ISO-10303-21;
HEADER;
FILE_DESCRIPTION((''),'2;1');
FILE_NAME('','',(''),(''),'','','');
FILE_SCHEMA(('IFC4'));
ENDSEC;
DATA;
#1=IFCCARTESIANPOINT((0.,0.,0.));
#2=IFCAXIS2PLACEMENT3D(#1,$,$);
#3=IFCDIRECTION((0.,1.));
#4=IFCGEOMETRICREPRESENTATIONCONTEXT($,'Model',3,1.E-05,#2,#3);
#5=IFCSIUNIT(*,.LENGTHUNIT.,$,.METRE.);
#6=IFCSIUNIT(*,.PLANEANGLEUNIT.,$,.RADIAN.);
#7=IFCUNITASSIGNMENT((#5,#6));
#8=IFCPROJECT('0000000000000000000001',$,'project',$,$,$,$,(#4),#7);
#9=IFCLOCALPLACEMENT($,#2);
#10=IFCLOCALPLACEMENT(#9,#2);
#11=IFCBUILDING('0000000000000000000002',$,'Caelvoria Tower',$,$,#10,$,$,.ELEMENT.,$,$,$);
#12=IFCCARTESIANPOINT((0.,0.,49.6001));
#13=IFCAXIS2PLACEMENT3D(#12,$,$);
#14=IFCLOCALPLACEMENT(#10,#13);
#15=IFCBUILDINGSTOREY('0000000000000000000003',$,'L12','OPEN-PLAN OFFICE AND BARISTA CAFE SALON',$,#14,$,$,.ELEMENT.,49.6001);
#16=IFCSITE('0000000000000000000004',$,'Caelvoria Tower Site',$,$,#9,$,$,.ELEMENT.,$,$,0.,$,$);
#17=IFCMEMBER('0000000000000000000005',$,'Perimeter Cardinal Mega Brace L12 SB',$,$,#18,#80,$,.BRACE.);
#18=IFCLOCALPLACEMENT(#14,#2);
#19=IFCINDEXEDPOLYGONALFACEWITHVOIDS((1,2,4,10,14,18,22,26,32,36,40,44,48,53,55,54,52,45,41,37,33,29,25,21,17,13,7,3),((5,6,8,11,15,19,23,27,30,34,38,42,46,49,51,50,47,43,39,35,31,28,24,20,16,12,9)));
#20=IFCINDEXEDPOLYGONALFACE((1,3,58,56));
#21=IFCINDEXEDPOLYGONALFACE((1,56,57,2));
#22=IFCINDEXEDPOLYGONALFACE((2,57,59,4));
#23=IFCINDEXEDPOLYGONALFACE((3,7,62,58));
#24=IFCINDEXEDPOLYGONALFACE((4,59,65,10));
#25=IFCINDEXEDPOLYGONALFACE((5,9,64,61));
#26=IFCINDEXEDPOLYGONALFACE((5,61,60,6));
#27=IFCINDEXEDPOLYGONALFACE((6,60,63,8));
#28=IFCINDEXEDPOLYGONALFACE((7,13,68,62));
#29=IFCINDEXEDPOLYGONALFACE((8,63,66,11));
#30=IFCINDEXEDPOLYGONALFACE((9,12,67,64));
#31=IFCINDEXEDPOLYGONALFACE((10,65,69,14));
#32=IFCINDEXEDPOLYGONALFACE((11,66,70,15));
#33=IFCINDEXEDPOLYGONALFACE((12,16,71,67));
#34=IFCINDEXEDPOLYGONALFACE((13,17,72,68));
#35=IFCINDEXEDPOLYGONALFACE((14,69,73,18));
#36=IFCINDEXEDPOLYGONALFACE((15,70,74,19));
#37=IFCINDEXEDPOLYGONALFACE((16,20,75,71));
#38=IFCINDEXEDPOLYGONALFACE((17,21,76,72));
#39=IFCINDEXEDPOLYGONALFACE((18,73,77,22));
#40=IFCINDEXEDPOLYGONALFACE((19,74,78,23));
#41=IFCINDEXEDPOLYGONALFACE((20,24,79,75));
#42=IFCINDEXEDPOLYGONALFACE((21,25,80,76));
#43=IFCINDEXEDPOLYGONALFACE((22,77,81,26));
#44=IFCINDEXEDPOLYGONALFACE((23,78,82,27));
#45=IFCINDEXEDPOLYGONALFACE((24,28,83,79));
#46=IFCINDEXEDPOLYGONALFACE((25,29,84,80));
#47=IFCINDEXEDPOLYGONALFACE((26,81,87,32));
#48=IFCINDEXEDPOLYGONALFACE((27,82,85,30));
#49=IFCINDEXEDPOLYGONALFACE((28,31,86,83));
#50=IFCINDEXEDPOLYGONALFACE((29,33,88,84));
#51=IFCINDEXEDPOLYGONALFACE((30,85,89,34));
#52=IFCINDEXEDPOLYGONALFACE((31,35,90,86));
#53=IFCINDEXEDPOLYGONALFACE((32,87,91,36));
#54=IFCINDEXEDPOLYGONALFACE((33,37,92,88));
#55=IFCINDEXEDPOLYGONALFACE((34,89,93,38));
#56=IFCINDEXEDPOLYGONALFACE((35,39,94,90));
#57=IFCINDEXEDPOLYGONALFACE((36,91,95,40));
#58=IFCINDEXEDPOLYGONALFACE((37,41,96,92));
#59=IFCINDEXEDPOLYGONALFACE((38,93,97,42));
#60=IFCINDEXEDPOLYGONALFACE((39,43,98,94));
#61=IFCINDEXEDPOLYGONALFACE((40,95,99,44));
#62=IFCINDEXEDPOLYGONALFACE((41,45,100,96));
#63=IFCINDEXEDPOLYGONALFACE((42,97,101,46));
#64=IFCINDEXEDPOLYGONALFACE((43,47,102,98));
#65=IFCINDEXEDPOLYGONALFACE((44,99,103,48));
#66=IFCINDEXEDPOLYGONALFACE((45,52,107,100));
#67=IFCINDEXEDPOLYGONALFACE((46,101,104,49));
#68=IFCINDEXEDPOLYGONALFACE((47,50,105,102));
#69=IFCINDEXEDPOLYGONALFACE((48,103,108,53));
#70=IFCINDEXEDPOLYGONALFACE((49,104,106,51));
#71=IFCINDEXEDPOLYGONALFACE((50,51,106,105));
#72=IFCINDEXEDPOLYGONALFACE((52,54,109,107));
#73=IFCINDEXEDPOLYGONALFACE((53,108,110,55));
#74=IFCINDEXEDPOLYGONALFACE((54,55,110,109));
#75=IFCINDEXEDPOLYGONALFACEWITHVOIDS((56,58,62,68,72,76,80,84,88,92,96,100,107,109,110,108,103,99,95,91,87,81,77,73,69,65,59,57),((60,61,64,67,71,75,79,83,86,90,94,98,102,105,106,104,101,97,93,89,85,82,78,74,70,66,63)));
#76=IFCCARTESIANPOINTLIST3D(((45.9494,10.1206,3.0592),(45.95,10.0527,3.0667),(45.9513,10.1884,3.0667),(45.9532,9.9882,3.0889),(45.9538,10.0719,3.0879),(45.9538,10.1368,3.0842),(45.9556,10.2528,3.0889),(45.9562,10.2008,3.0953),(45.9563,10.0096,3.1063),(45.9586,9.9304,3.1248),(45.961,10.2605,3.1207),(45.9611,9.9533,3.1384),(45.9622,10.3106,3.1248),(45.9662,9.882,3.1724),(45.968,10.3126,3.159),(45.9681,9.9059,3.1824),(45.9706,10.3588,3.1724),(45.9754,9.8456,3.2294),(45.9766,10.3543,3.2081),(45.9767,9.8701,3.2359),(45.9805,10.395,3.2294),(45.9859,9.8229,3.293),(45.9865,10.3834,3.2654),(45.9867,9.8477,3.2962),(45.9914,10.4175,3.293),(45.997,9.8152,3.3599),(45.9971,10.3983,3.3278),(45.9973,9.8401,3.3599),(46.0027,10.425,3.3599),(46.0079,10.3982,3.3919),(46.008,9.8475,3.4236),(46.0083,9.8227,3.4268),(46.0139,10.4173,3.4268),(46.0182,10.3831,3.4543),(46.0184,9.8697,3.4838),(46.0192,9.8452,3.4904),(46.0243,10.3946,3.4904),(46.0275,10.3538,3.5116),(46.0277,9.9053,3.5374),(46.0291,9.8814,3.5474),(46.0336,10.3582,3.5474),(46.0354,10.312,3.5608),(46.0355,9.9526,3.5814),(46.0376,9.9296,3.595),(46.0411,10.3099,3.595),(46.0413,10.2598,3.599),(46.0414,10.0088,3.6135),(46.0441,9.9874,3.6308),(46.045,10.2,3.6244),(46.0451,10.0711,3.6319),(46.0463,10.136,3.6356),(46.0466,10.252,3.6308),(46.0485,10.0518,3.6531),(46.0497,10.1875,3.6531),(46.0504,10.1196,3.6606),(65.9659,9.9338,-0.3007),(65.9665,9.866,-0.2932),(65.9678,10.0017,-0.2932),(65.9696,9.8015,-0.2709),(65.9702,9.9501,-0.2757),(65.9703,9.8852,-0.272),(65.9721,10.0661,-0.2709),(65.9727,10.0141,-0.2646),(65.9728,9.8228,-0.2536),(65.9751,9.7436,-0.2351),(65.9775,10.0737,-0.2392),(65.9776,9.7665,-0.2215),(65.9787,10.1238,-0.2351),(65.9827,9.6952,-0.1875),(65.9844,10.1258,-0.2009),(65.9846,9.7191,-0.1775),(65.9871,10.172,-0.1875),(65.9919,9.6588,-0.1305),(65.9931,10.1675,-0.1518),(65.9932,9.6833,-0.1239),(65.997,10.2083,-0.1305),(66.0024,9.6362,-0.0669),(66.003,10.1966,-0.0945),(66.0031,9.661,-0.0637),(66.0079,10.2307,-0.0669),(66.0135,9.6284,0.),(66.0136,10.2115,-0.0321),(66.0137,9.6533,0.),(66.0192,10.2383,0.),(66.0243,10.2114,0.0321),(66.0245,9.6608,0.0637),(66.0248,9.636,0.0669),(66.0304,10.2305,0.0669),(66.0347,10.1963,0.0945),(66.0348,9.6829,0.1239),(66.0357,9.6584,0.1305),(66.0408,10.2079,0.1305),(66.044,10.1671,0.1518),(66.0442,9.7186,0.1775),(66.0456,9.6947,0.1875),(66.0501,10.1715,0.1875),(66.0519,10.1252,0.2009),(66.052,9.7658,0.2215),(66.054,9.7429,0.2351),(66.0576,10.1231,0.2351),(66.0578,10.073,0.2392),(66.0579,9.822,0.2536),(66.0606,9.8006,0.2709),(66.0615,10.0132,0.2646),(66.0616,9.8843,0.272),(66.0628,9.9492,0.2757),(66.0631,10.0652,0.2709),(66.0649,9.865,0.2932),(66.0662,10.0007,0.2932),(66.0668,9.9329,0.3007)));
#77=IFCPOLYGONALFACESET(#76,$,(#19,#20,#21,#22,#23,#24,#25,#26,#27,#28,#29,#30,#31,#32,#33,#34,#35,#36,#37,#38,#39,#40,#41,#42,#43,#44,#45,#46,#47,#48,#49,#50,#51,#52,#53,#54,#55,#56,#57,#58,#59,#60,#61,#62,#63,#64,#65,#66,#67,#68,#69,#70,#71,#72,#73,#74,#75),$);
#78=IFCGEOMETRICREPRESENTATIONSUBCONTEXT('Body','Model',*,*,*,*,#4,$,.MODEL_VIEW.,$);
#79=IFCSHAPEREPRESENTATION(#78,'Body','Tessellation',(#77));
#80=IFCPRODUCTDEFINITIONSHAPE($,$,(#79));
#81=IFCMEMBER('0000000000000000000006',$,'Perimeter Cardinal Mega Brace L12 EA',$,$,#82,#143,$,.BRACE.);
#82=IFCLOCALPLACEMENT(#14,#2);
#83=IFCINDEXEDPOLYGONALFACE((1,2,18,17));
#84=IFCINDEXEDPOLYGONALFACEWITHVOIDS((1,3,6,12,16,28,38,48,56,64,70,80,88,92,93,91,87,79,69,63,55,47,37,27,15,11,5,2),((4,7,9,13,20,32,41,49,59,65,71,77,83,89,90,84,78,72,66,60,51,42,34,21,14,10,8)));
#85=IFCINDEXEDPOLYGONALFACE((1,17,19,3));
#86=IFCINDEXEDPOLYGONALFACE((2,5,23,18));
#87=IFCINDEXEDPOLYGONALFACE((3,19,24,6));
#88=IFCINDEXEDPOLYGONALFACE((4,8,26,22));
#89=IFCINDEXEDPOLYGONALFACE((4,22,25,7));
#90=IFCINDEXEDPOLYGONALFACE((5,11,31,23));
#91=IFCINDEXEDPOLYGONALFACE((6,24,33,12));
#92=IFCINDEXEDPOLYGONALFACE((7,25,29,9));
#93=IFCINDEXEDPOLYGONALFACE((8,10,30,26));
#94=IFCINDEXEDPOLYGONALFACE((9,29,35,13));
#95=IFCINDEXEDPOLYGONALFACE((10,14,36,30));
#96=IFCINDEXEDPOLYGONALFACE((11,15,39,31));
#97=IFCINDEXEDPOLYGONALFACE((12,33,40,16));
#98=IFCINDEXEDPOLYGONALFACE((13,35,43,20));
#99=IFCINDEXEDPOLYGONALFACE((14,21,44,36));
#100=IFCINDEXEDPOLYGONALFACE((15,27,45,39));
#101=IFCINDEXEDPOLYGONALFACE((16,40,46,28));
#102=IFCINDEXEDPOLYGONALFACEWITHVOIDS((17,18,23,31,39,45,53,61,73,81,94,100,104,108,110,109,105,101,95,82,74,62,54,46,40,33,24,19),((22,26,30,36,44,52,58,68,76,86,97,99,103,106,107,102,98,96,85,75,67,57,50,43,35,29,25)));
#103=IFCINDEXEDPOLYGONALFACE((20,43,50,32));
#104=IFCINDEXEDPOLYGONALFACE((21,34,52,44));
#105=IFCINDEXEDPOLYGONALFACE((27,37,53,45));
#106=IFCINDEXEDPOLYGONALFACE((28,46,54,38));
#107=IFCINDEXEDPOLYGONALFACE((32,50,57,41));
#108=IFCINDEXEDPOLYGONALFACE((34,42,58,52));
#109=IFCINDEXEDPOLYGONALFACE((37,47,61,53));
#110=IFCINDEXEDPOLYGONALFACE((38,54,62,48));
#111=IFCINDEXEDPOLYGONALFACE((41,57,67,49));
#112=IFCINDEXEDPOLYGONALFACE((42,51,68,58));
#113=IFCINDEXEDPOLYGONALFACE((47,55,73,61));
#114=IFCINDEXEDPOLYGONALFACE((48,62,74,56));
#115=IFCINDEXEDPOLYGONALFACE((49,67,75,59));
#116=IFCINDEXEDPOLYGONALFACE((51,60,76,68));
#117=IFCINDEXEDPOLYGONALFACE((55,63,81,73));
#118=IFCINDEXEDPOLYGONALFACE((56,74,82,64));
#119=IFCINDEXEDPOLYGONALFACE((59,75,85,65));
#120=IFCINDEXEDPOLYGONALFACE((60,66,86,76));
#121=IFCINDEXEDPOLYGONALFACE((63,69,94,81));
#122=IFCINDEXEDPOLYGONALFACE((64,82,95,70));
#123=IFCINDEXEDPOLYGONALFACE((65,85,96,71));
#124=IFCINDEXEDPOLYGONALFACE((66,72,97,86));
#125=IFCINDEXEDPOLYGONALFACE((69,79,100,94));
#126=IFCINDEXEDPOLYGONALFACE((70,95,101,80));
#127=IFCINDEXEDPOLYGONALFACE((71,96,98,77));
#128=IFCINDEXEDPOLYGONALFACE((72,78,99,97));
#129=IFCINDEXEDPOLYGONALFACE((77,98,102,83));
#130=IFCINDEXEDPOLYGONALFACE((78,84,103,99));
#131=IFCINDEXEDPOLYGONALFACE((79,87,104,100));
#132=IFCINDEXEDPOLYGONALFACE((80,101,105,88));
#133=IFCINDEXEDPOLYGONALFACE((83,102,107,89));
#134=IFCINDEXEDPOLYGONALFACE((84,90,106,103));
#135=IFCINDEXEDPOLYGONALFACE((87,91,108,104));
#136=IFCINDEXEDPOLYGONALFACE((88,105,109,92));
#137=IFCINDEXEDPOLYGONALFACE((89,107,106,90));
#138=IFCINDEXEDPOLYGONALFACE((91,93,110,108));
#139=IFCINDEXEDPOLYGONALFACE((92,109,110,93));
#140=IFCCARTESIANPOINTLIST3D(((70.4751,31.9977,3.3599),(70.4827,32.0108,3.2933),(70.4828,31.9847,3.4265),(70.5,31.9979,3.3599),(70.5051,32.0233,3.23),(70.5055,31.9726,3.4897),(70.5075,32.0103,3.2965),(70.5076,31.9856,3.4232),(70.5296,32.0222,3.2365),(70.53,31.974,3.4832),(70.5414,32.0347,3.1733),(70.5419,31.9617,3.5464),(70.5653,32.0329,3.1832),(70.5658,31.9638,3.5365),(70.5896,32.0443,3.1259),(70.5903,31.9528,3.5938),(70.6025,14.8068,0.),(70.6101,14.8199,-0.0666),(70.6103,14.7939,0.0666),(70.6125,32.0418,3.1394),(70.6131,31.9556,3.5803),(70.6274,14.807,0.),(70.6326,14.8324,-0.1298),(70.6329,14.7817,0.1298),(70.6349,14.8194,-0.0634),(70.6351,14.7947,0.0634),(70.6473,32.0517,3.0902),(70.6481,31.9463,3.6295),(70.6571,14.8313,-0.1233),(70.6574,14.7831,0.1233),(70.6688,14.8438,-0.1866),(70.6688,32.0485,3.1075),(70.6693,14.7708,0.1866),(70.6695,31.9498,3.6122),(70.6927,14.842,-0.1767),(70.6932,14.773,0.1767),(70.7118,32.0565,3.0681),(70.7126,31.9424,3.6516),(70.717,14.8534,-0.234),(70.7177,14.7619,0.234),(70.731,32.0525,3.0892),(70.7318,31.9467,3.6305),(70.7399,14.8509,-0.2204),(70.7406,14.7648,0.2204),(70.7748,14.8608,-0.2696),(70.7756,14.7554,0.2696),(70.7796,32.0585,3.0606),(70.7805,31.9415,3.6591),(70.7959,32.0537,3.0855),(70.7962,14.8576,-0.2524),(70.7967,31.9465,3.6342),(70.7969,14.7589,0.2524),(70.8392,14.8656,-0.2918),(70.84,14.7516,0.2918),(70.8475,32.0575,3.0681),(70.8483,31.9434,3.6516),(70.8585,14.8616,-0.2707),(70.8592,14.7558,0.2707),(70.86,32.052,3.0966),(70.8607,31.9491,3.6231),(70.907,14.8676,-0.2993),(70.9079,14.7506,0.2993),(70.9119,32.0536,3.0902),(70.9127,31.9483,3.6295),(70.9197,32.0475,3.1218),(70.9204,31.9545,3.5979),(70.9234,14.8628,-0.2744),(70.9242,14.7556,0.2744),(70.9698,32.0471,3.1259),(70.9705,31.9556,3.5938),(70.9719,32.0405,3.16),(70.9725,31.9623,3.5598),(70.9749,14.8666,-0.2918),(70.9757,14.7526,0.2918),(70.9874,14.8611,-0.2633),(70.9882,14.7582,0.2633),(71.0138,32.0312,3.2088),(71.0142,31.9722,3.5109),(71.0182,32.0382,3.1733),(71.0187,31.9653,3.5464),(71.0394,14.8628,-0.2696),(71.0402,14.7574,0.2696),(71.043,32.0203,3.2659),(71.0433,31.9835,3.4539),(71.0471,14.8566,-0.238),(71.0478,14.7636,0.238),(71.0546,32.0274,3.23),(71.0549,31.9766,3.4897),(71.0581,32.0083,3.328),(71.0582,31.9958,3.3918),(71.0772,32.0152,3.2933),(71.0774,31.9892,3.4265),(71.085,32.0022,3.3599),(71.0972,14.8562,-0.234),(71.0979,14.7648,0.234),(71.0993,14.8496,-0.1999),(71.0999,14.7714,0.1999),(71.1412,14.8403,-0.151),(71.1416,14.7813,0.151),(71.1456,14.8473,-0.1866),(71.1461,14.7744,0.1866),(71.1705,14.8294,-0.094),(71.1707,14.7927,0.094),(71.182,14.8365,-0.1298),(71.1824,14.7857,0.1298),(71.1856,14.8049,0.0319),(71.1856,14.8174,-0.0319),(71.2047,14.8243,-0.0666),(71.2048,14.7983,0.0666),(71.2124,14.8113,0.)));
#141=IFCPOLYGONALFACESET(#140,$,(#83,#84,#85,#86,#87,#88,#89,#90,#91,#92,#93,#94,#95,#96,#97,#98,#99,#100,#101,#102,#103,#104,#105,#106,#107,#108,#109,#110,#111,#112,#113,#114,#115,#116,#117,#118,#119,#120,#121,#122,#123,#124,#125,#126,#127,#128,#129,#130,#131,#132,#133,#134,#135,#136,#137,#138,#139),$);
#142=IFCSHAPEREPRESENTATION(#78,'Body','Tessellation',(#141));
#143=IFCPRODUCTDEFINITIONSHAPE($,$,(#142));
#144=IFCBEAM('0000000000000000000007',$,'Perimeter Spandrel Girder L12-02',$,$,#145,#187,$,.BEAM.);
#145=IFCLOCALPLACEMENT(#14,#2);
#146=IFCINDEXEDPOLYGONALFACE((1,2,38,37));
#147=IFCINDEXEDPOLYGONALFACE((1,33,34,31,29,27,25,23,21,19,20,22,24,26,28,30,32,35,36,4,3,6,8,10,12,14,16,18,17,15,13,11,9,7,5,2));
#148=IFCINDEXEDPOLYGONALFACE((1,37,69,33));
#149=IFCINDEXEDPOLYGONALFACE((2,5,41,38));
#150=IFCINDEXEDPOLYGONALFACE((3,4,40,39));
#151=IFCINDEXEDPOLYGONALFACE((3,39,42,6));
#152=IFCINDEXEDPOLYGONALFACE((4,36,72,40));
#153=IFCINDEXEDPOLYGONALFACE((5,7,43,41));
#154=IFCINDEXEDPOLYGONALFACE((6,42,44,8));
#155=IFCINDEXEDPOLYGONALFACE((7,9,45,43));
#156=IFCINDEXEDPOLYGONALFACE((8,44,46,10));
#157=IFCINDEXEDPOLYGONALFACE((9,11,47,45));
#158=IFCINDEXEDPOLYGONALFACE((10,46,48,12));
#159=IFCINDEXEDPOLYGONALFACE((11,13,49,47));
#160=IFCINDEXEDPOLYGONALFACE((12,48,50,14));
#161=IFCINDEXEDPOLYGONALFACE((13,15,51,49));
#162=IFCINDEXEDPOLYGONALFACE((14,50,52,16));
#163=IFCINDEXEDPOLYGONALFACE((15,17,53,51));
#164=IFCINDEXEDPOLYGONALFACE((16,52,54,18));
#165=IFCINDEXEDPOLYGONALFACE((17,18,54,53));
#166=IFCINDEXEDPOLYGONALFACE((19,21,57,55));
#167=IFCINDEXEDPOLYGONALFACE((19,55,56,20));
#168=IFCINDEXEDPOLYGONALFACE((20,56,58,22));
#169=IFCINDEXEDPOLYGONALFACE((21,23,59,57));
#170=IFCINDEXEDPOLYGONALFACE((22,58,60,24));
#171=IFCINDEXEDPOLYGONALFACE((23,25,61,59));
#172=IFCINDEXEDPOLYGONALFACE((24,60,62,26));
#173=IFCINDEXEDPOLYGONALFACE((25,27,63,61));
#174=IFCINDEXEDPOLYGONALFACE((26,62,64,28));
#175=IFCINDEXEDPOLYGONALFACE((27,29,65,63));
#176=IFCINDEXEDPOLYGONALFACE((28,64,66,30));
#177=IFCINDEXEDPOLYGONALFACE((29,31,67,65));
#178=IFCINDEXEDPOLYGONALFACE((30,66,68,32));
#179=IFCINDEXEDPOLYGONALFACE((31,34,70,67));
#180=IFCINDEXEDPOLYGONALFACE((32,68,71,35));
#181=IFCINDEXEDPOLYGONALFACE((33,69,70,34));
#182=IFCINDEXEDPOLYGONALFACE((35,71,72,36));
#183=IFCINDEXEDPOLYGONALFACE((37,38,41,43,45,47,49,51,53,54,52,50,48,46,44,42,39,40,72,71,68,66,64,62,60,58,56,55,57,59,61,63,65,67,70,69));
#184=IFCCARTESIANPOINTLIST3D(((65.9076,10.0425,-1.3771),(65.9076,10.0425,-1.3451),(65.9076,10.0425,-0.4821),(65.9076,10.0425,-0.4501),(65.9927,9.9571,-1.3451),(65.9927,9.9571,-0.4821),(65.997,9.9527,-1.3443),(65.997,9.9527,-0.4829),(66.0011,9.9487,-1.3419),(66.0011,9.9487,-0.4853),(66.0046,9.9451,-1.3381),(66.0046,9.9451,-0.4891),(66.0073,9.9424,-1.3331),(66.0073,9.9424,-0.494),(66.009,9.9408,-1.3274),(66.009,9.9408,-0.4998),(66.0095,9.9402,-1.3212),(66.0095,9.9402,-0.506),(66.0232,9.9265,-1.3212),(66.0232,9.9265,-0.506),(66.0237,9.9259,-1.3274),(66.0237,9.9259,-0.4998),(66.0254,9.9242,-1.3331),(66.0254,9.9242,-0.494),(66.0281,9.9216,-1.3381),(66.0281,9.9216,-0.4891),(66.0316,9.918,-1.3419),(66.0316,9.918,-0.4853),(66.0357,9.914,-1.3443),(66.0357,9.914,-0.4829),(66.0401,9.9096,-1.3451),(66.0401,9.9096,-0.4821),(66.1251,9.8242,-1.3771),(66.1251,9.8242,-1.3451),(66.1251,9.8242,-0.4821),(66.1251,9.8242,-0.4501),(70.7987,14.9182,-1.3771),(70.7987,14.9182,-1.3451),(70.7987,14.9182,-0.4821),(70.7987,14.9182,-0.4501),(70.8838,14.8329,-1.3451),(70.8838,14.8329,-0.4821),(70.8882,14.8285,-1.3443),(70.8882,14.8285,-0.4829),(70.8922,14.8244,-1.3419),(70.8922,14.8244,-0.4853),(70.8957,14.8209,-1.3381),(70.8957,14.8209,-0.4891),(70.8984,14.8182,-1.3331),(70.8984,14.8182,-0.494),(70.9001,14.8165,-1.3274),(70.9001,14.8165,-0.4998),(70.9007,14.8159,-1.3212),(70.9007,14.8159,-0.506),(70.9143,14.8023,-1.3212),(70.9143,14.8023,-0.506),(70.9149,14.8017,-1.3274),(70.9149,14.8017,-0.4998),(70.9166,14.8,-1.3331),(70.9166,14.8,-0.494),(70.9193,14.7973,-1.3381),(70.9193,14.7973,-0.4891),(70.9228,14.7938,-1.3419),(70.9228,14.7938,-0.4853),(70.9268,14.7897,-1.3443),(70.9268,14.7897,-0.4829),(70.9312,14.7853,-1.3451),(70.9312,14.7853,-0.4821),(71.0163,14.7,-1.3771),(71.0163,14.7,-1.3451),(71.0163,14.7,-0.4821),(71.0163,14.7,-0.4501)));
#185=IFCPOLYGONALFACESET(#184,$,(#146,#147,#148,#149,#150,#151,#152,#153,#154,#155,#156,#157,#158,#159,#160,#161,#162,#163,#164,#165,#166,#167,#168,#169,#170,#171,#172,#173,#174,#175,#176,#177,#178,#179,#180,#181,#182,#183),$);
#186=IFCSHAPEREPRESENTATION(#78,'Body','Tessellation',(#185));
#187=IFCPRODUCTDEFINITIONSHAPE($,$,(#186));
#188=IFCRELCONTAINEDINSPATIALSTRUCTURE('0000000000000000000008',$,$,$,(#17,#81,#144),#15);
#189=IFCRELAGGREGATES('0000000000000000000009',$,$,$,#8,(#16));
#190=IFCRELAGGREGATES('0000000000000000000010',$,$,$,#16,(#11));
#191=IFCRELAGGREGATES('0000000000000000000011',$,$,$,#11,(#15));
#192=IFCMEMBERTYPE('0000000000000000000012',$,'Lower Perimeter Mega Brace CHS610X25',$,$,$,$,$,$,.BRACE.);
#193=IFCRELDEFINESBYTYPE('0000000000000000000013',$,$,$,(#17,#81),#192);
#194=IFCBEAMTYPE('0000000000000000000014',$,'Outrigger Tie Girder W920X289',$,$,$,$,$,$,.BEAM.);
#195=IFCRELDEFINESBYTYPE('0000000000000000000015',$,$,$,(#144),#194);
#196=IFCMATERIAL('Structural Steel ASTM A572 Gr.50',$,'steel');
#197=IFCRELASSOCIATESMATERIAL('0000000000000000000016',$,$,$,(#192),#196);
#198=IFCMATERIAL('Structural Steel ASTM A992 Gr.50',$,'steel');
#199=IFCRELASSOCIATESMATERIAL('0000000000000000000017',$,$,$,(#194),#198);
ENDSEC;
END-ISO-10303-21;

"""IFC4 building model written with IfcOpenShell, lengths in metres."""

from ifc_helpers import new_model, si_unit, direction, frame, origin, origin_2d, place, context, subcontext, project, spatial, hollow_circle, i_section, extrude, material, material_profile, profile_set, type_object, element, save


model = new_model("IFC4")

# Units and contexts
model_context = context("Model", 3, precision=1e-05, world=origin(), true_north=direction((0.0, 1.0)))
body_context = subcontext(model_context, "Body", "Model", "MODEL_VIEW")
ifc_project = project(units=[si_unit("LENGTHUNIT", "METRE"), si_unit("PLANEANGLEUNIT", "RADIAN")], contexts=[model_context])

# Site, building, storey
site_placement = place(None, origin())
site = spatial("IfcSite", under=ifc_project, at=site_placement, Name="Caelvoria Tower Site", CompositionType="ELEMENT", RefElevation=0.0)
building_placement = place(site_placement, origin())
building = spatial("IfcBuilding", under=site, at=building_placement, Name="Caelvoria Tower", CompositionType="ELEMENT")
storey_placement = place(building_placement, frame((0.0, 0.0, 49.6001)))
storey = spatial("IfcBuildingStorey", under=building, at=storey_placement, Name="L12", Description="OPEN-PLAN OFFICE AND BARISTA CAFE SALON", CompositionType="ELEMENT", Elevation=49.6001)

# Shared definitions
ifc_material_1 = material(Name="Structural Steel ASTM A572 Gr.50", Category="steel")

# Members
ifc_material_profile_1 = material_profile(ifc_material_1, hollow_circle(Radius=0.3049, WallThickness=0.0249, at=origin_2d()), Name="Structural Steel ASTM A572 Gr.50")
ifc_profile_set_1 = profile_set([ifc_material_profile_1], Name="CHS610X25 - Structural Steel ASTM A572 Gr.50")
member_type = type_object("IfcMemberType", Name="Lower Perimeter Mega Brace CHS610X25", PredefinedType="BRACE", material=ifc_profile_set_1)
member_1_placement = place(storey_placement, frame((66.0164, 9.9333, 0.0), z_axis=(-0.986161, 0.009202, 0.165533), x_axis=(-0.00933, -0.999956, 0.0)))
element("IfcMember", 1, at=member_1_placement, inside=storey, type_object=member_type, Name="Perimeter Cardinal Mega Brace L12 SB", PredefinedType="BRACE", context=body_context, shape_type="SweptSolid", body=[
    extrude(hollow_circle(Radius=0.3049, WallThickness=0.0249, at=origin_2d()), origin(), (0.0, 0.0, 1.0), 20.2974),
])
member_2_placement = place(storey_placement, frame((70.9075, 14.8091, 0.0), z_axis=(-0.007275, 0.981405, 0.19181), x_axis=(-0.999973, -0.007413, 0.0)))
element("IfcMember", 2, at=member_2_placement, inside=storey, type_object=member_type, Name="Perimeter Cardinal Mega Brace L12 EA", PredefinedType="BRACE", context=body_context, shape_type="SweptSolid", body=[
    extrude(hollow_circle(Radius=0.3049, WallThickness=0.0249, at=origin_2d()), origin(), (0.0, 0.0, 1.0), 17.5166),
])

# Beam
ifc_material_2 = material(Name="Structural Steel ASTM A992 Gr.50", Category="steel")
ifc_material_profile_2 = material_profile(ifc_material_2, i_section(OverallWidth=0.3081, OverallDepth=0.927, WebThickness=0.0193, FlangeThickness=0.032, FilletRadius=0.0239, at=origin_2d()), Name="Structural Steel ASTM A992 Gr.50")
ifc_profile_set_2 = profile_set([ifc_material_profile_2], Name="W920X289 - Structural Steel ASTM A992 Gr.50")
beam_type_1 = type_object("IfcBeamType", Name="Outrigger Tie Girder W920X289", PredefinedType="BEAM", material=ifc_profile_set_2)
beam_1_placement = place(storey_placement, frame((66.0164, 9.9333, -0.9136), z_axis=(0.708219, 0.705992, 0.0), x_axis=(-0.705992, 0.708219, 0.0)))
element("IfcBeam", 3, at=beam_1_placement, inside=storey, type_object=beam_type_1, Name="Perimeter Spandrel Girder L12-02", PredefinedType="BEAM", context=body_context, shape_type="SweptSolid", body=[
    extrude(i_section(OverallWidth=0.3081, OverallDepth=0.927, WebThickness=0.0193, FlangeThickness=0.032, FilletRadius=0.0239, at=origin_2d()), origin(), (0.0, 0.0, 1.0), 6.9062),
])

save(model, "model.ifc")
